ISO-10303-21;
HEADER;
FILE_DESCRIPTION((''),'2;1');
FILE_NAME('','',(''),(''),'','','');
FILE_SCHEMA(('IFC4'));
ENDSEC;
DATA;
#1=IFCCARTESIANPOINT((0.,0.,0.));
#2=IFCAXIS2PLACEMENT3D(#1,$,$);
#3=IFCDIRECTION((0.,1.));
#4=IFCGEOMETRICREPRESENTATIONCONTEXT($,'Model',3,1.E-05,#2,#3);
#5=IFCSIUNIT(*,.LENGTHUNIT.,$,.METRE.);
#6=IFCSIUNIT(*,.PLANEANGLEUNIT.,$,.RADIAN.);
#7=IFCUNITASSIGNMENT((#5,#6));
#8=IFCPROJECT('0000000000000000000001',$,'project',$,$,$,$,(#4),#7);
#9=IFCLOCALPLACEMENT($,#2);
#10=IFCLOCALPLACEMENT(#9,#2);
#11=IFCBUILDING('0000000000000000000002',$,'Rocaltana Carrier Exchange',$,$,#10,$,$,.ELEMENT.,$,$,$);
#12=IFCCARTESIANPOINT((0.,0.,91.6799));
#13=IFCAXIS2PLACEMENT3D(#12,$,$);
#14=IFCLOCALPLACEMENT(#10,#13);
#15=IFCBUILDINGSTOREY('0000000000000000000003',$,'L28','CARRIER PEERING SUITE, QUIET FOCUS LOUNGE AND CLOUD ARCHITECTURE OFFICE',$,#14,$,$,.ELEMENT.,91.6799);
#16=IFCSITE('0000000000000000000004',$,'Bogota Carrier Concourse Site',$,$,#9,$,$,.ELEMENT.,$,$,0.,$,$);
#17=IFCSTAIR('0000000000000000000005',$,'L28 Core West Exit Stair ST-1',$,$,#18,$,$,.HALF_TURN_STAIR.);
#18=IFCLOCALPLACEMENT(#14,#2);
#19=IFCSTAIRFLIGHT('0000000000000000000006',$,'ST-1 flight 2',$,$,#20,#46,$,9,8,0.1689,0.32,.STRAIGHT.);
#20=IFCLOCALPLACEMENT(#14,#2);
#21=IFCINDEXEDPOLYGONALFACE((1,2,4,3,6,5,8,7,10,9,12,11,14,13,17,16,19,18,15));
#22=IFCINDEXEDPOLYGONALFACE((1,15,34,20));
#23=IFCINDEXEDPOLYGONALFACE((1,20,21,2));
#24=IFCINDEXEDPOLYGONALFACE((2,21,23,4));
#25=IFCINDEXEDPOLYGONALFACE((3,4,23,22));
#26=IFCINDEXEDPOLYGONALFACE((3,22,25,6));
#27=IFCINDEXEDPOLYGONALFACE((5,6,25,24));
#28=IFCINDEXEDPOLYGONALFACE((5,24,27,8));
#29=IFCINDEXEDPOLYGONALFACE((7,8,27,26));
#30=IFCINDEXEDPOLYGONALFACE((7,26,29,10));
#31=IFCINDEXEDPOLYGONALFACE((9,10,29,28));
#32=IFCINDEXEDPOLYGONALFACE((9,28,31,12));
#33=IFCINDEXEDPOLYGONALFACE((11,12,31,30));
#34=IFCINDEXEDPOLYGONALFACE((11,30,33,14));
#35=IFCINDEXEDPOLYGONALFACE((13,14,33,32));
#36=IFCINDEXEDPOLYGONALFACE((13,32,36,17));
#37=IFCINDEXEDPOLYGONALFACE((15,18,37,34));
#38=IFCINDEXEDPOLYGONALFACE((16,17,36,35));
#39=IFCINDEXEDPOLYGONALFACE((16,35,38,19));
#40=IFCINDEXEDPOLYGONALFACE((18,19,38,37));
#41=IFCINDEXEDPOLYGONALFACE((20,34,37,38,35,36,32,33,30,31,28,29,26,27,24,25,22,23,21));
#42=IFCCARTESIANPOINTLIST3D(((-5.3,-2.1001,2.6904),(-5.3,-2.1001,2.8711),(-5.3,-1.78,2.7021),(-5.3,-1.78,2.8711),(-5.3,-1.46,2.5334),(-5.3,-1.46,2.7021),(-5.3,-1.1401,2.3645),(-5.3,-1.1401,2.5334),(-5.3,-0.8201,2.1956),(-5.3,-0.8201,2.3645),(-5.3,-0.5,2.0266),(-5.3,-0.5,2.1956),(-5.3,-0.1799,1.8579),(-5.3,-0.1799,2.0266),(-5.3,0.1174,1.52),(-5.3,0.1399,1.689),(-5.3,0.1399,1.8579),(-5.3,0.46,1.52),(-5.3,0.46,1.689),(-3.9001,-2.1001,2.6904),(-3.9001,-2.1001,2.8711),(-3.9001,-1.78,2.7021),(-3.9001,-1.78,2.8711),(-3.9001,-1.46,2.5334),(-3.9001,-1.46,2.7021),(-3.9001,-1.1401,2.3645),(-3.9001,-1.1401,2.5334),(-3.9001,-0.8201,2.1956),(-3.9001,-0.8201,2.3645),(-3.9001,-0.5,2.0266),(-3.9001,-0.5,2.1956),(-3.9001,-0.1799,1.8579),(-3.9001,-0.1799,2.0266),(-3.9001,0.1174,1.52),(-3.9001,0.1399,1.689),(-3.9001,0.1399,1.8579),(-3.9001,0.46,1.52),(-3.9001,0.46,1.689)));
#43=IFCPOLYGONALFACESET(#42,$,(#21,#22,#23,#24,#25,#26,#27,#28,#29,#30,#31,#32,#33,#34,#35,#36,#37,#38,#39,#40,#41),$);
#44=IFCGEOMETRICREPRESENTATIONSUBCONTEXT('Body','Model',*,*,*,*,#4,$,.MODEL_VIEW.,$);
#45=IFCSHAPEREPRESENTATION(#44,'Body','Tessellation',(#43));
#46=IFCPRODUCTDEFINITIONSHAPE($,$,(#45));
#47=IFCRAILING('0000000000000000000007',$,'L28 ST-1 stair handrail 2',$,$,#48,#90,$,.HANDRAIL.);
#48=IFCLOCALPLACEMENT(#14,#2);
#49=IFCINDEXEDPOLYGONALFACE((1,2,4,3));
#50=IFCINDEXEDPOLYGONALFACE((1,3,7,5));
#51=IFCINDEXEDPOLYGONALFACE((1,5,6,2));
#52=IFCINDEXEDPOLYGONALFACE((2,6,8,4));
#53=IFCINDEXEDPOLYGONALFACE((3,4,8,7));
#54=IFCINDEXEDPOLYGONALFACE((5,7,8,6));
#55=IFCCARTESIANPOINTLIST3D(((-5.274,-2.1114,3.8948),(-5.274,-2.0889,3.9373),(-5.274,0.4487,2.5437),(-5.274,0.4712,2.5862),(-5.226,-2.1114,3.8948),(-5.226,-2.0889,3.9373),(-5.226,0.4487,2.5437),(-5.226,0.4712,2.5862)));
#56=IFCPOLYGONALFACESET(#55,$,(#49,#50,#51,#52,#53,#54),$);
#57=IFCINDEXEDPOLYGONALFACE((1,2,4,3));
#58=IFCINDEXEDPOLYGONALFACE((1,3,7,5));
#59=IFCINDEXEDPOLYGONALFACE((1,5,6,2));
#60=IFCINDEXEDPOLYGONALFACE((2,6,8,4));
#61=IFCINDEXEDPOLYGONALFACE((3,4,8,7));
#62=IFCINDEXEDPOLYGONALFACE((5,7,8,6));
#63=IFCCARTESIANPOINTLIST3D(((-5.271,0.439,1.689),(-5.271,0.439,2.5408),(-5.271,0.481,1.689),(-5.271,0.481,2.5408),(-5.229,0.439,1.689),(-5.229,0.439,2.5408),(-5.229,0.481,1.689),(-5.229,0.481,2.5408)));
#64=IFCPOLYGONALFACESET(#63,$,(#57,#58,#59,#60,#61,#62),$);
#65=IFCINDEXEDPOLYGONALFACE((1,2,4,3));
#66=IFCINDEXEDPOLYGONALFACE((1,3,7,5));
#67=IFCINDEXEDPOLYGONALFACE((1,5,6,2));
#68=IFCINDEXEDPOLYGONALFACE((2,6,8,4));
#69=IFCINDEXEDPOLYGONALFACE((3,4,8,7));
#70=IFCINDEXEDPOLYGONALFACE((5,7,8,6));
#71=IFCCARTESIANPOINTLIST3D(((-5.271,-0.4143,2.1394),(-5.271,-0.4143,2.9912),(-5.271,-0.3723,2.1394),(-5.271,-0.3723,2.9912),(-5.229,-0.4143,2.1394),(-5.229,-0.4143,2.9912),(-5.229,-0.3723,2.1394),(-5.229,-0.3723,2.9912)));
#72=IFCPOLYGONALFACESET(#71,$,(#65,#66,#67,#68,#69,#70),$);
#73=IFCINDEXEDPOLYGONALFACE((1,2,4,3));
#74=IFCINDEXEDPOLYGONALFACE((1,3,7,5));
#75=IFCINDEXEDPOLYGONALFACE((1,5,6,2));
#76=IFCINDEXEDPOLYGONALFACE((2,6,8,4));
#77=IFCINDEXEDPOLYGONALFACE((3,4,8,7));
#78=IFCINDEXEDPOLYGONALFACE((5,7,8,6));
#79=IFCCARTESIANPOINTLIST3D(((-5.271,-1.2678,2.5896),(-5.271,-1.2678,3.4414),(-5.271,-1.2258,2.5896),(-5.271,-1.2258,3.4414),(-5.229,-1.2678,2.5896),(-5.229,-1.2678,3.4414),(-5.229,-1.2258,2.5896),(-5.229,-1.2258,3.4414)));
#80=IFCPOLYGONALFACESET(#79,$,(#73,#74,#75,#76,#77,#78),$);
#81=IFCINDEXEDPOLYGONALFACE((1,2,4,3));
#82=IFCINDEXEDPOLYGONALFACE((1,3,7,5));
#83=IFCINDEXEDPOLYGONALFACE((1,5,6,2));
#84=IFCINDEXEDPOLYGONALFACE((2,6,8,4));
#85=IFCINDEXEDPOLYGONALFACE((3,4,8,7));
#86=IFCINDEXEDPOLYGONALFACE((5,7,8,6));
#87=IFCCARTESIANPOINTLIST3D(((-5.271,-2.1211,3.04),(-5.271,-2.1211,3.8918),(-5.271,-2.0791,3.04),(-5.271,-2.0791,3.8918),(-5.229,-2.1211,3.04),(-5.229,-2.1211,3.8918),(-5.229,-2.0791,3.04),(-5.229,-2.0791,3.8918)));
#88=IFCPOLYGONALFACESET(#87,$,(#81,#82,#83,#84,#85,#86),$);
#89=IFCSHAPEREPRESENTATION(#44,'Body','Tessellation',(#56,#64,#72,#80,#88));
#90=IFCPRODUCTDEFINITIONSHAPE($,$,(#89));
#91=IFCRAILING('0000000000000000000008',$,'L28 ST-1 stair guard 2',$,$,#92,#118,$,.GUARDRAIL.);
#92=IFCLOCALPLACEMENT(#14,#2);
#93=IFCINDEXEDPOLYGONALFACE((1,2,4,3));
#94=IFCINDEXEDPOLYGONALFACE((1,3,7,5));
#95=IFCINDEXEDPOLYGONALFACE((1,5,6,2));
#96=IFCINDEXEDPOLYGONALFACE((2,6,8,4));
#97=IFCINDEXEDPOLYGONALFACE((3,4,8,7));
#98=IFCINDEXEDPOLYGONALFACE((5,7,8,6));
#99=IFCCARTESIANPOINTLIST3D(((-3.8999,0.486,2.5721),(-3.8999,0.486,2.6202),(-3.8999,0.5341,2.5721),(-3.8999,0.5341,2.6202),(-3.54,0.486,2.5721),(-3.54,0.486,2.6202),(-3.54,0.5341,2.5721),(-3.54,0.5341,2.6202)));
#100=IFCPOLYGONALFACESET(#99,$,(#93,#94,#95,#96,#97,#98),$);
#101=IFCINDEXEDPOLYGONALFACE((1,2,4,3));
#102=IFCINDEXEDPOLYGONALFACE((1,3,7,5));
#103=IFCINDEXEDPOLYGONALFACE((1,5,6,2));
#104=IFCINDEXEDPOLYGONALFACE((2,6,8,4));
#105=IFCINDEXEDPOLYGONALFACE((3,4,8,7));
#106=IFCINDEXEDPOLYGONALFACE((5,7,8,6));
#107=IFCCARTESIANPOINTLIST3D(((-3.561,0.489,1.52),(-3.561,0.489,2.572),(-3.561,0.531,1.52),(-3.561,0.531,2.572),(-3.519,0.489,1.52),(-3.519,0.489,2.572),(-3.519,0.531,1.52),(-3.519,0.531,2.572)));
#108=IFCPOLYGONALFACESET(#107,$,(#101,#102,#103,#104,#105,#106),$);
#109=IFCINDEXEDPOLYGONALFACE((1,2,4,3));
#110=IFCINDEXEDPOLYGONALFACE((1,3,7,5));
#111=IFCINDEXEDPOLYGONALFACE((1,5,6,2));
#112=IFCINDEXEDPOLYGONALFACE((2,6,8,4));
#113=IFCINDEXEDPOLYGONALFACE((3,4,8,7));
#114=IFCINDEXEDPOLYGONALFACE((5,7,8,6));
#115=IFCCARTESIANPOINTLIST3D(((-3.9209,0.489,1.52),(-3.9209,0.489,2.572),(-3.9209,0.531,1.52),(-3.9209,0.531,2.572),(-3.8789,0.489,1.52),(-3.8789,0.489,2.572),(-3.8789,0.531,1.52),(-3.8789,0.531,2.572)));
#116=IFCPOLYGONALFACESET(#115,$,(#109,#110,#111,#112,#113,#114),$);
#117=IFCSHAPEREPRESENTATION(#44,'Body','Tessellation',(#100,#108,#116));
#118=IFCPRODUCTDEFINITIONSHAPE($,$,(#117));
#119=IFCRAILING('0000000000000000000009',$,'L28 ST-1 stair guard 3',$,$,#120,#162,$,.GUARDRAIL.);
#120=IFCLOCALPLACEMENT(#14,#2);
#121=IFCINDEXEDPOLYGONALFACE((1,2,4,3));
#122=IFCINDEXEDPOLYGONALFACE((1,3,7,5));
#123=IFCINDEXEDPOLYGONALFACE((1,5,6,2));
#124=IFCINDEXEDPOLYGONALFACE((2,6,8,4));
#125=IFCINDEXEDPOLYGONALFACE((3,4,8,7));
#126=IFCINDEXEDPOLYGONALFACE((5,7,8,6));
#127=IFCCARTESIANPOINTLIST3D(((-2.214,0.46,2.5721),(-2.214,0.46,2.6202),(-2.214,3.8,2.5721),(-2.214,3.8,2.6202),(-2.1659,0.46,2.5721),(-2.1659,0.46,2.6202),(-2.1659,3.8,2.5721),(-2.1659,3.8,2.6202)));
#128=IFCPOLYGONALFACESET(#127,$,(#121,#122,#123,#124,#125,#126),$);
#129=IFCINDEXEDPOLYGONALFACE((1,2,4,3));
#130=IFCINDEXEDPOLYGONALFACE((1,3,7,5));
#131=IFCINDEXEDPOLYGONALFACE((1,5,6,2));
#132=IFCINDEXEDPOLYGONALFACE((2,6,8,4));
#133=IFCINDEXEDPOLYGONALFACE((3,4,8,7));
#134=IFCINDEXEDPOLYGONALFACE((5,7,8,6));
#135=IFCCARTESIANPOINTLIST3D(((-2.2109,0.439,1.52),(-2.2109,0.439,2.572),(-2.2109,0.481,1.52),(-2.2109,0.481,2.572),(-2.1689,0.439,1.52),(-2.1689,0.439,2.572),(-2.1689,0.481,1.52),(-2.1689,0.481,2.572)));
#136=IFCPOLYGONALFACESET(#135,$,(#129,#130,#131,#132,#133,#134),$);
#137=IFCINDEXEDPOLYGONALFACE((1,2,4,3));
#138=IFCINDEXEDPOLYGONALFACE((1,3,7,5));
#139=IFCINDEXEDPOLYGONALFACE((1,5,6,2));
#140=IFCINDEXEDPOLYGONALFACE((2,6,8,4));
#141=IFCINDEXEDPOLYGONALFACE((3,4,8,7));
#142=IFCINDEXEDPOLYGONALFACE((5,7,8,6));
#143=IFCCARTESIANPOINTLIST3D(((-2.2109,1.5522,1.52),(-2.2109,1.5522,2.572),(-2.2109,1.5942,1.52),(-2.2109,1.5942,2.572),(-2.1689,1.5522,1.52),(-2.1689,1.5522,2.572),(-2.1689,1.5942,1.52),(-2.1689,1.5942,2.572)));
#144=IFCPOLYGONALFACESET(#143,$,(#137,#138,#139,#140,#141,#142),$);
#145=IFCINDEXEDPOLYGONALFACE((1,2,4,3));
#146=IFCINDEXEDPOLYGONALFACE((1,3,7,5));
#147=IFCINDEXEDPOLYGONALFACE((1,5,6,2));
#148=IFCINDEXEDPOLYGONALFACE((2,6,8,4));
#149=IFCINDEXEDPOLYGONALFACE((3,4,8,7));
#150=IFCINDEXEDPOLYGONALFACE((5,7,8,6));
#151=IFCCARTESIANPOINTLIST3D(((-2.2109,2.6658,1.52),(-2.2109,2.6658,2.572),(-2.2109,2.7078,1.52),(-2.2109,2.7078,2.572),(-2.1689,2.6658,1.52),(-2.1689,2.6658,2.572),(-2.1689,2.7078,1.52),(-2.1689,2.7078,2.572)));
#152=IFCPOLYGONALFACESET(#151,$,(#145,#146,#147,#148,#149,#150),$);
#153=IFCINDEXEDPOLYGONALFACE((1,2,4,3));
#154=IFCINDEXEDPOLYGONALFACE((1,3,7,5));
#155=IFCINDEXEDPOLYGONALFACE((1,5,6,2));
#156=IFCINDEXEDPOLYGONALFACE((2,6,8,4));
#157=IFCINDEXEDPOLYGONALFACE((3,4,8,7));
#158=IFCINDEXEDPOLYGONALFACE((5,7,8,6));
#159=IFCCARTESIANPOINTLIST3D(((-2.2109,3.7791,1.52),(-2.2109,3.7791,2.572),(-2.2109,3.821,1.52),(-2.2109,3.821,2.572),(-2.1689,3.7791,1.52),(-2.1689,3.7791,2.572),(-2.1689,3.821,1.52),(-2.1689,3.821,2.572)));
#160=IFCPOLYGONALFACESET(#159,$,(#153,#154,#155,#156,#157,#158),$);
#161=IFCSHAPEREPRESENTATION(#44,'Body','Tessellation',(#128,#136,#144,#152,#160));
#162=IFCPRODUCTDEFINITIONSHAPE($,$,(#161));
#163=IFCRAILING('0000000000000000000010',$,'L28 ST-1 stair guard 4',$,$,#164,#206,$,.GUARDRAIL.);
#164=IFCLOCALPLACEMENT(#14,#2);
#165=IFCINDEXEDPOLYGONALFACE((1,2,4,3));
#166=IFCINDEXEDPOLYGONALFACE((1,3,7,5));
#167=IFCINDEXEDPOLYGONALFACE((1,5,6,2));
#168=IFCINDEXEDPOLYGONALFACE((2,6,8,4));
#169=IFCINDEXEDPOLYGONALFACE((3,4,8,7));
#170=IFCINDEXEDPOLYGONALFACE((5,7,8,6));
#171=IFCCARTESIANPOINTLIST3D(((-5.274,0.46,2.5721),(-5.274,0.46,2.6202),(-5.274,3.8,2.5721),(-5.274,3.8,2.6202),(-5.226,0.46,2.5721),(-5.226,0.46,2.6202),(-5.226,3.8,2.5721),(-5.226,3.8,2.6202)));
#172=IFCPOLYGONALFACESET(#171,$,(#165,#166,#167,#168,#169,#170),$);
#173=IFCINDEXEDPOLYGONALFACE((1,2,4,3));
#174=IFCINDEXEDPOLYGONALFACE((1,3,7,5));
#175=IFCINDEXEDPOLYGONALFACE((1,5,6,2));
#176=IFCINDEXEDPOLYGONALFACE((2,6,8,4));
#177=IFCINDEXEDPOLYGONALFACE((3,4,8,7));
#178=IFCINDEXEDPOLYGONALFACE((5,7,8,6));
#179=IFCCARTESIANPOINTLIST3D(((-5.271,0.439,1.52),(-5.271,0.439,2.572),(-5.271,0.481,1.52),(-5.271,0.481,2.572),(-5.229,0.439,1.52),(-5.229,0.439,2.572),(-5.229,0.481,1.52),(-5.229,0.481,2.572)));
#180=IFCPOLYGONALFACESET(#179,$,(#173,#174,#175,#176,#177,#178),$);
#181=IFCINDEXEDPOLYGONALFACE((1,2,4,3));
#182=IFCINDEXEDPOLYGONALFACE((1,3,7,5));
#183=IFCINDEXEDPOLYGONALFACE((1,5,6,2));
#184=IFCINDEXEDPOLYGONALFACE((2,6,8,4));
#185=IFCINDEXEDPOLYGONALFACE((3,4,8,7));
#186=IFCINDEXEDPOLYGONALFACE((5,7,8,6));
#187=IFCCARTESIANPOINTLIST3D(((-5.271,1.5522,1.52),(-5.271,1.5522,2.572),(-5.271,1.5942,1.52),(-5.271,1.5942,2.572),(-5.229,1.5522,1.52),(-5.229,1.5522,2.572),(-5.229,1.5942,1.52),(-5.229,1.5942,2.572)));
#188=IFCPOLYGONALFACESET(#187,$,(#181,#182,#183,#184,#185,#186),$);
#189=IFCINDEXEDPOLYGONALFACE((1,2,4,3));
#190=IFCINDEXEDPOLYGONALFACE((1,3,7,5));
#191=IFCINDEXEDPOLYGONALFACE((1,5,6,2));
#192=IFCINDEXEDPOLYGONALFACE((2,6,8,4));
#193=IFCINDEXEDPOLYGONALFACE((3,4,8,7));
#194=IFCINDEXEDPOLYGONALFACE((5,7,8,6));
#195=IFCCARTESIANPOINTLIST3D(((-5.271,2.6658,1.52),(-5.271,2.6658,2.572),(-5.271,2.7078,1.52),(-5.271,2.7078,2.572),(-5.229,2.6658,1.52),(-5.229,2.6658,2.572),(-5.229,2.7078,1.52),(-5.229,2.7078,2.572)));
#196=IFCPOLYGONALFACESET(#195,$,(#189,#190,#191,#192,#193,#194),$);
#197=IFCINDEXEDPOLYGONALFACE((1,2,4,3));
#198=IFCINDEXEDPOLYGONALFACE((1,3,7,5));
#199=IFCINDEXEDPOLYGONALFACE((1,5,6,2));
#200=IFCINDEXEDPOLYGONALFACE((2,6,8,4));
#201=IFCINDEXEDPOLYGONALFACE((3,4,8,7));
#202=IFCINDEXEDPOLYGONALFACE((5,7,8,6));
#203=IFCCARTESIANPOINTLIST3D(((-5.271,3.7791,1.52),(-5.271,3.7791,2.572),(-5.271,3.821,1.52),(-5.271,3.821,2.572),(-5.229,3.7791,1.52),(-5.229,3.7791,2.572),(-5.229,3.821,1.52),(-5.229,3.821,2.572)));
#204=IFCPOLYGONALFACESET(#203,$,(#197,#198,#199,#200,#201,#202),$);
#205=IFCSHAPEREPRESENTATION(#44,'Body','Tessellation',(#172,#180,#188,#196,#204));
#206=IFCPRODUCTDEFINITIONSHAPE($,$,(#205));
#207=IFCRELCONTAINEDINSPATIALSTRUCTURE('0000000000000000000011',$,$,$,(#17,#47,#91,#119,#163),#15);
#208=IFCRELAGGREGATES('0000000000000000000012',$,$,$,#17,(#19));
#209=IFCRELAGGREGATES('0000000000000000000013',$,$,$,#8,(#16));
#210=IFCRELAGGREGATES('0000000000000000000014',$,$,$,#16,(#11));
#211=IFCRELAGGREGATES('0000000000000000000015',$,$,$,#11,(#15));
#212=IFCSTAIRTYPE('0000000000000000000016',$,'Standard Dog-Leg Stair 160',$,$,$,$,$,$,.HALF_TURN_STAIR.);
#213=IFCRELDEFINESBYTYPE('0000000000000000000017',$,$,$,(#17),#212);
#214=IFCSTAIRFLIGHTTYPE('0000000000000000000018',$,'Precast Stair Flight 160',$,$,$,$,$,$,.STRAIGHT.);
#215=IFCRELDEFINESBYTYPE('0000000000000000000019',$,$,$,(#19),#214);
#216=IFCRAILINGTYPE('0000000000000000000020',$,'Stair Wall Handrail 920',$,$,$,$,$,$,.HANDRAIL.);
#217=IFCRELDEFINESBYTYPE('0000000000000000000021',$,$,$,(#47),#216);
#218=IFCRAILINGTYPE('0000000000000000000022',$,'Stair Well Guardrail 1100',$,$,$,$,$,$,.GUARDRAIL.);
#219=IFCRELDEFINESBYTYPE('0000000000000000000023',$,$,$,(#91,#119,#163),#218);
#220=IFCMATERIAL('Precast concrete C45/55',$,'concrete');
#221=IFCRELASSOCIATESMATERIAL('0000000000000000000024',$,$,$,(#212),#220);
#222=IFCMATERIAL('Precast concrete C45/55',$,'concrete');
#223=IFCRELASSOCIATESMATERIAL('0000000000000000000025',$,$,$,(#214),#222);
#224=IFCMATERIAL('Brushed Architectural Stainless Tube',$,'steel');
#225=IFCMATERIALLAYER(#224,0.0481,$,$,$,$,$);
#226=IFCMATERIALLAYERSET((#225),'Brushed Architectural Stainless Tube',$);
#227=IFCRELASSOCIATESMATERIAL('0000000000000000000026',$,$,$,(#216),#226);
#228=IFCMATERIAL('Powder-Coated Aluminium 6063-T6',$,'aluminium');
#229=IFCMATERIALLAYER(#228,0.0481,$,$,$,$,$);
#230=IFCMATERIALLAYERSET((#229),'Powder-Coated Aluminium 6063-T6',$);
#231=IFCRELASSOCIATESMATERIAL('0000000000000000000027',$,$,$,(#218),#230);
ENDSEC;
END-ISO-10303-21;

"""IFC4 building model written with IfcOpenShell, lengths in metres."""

from ifc_helpers import new_model, si_unit, direction, frame, origin, origin_2d, place, context, subcontext, project, spatial, polyline, rectangle, outline, extrude, material, layer, layer_set, type_object, element, aggregate, save


model = new_model("IFC4")

# Units and contexts
model_context = context("Model", 3, precision=1e-05, world=origin(), true_north=direction((0.0, 1.0)))
body_context = subcontext(model_context, "Body", "Model", "MODEL_VIEW")
ifc_project = project(units=[si_unit("LENGTHUNIT", "METRE"), si_unit("PLANEANGLEUNIT", "RADIAN")], contexts=[model_context])

# Site, building, storey
site_placement = place(None, origin())
site = spatial("IfcSite", under=ifc_project, at=site_placement, Name="Bogota Carrier Concourse Site", CompositionType="ELEMENT", RefElevation=0.0)
building_placement = place(site_placement, origin())
building = spatial("IfcBuilding", under=site, at=building_placement, Name="Rocaltana Carrier Exchange", CompositionType="ELEMENT")
storey_placement = place(building_placement, frame((0.0, 0.0, 91.6799)))
storey = spatial("IfcBuildingStorey", under=building, at=storey_placement, Name="L28", Description="CARRIER PEERING SUITE, QUIET FOCUS LOUNGE AND CLOUD ARCHITECTURE OFFICE", CompositionType="ELEMENT", Elevation=91.6799)

# Stair, stair flight
ifc_material_1 = material(Name="Precast concrete C45/55", Category="concrete")
stair_type = type_object("IfcStairType", Name="Standard Dog-Leg Stair 160", PredefinedType="HALF_TURN_STAIR", material=ifc_material_1)
stair_placement = place(storey_placement, origin())
stair = element("IfcStair", 1, at=stair_placement, inside=storey, type_object=stair_type, Name="L28 Core West Exit Stair ST-1", PredefinedType="HALF_TURN_STAIR")
ifc_material_2 = material(Name="Precast concrete C45/55", Category="concrete")
stair_flight_type = type_object("IfcStairFlightType", Name="Precast Stair Flight 160", PredefinedType="STRAIGHT", material=ifc_material_2)
stair_flight_placement = place(storey_placement, frame((-4.6001, 0.46, 1.52), z_axis=(0.0, 0.0, 1.0), x_axis=(0.0, -1.0, 0.0)))
stair_flight = element("IfcStairFlight", 2, at=stair_flight_placement, type_object=stair_flight_type, Name="ST-1 flight 2", NumberOfRisers=9, NumberOfTreads=8, PredefinedType="STRAIGHT", RiserHeight=0.1689, TreadLength=0.32, context=body_context, shape_type="SweptSolid", body=[
    extrude(outline(polyline([(0.0, 0.0), (0.0, 0.1689), (0.3201, 0.1689), (0.3201, 0.3379), (0.6399, 0.3379), (0.6399, 0.5066), (0.96, 0.5066), (0.96, 0.6755), (1.28, 0.6755), (1.28, 0.8445), (1.6001, 0.8445), (1.6001, 1.0134), (1.9199, 1.0134), (1.9199, 1.1821), (2.24, 1.1821), (2.24, 1.3511), (2.5601, 1.3511), (2.5601, 1.52), (2.5601, 1.1704), (0.3425, 0.0), (0.0, 0.0)])), frame((0.0, 0.7, 0.0), z_axis=(0.0, -1.0, 0.0), x_axis=(1.0, 0.0, 0.0)), (0.0, 0.0, 1.0), 1.3999),
])
aggregate(stair, [stair_flight])

# Railings
ifc_material_3 = material(Name="Brushed Architectural Stainless Tube", Category="steel")
ifc_layer_1 = layer(ifc_material_3, 0.0481)
ifc_layer_set_1 = layer_set([ifc_layer_1], Name="Brushed Architectural Stainless Tube")
railing_type_1 = type_object("IfcRailingType", Name="Stair Wall Handrail 920", PredefinedType="HANDRAIL", material=ifc_layer_set_1)
railing_1_placement = place(storey_placement, frame((-5.25, 0.46, 1.689)))
element("IfcRailing", 3, at=railing_1_placement, inside=storey, type_object=railing_type_1, Name="L28 ST-1 stair handrail 2", PredefinedType="HANDRAIL", context=body_context, shape_type="SweptSolid", body=[
    extrude(rectangle(XDim=0.0481, YDim=0.0481, at=origin_2d()), frame((0.0, 0.0, 0.876), z_axis=(0.0, -0.884394, 0.46674), x_axis=(1.0, 0.0, 0.0)), (0.0, 0.0, 1.0), 2.8948),
    extrude(rectangle(XDim=0.042, YDim=0.042, at=origin_2d()), origin(), (0.0, 0.0, 1.0), 0.8518),
    extrude(rectangle(XDim=0.042, YDim=0.042, at=origin_2d()), frame((0.0, -0.8533, 0.4504)), (0.0, 0.0, 1.0), 0.8518),
    extrude(rectangle(XDim=0.042, YDim=0.042, at=origin_2d()), frame((0.0, -1.7068, 0.9006)), (0.0, 0.0, 1.0), 0.8518),
    extrude(rectangle(XDim=0.042, YDim=0.042, at=origin_2d()), frame((0.0, -2.5601, 1.3511)), (0.0, 0.0, 1.0), 0.8518),
])
ifc_material_4 = material(Name="Powder-Coated Aluminium 6063-T6", Category="aluminium")
ifc_layer_2 = layer(ifc_material_4, 0.0481)
ifc_layer_set_2 = layer_set([ifc_layer_2], Name="Powder-Coated Aluminium 6063-T6")
railing_type_2 = type_object("IfcRailingType", Name="Stair Well Guardrail 1100", PredefinedType="GUARDRAIL", material=ifc_layer_set_2)
railing_2_placement = place(storey_placement, frame((-3.54, 0.51, 1.52)))
element("IfcRailing", 4, at=railing_2_placement, inside=storey, type_object=railing_type_2, Name="L28 ST-1 stair guard 2", PredefinedType="GUARDRAIL", context=body_context, shape_type="SweptSolid", body=[
    extrude(rectangle(XDim=0.0481, YDim=0.0481, at=origin_2d()), frame((0.0, 0.0, 1.0762), z_axis=(-1.0, 0.0, 0.0), x_axis=(0.0, -1.0, 0.0)), (0.0, 0.0, 1.0), 0.3599),
    extrude(rectangle(XDim=0.042, YDim=0.042, at=origin_2d()), origin(), (0.0, 0.0, 1.0), 1.052),
    extrude(rectangle(XDim=0.042, YDim=0.042, at=origin_2d()), frame((-0.3599, 0.0, 0.0)), (0.0, 0.0, 1.0), 1.052),
])
for number, where, name in (
    (5, (-2.1899, 0.46, 1.52), "L28 ST-1 stair guard 3"),
    (6, (-5.25, 0.46, 1.52), "L28 ST-1 stair guard 4"),
):
    element("IfcRailing", number, at=place(storey_placement, frame(where)), inside=storey, type_object=railing_type_2, Name=name, PredefinedType="GUARDRAIL", context=body_context, shape_type="SweptSolid", body=[
        extrude(rectangle(XDim=0.0481, YDim=0.0481, at=origin_2d()), frame((0.0, 0.0, 1.0762), z_axis=(0.0, 1.0, 0.0), x_axis=(-1.0, 0.0, 0.0)), (0.0, 0.0, 1.0), 3.3401),
        extrude(rectangle(XDim=0.042, YDim=0.042, at=origin_2d()), origin(), (0.0, 0.0, 1.0), 1.052),
        extrude(rectangle(XDim=0.042, YDim=0.042, at=origin_2d()), frame((0.0, 1.1133, 0.0)), (0.0, 0.0, 1.0), 1.052),
        extrude(rectangle(XDim=0.042, YDim=0.042, at=origin_2d()), frame((0.0, 2.2268, 0.0)), (0.0, 0.0, 1.0), 1.052),
        extrude(rectangle(XDim=0.042, YDim=0.042, at=origin_2d()), frame((0.0, 3.3401, 0.0)), (0.0, 0.0, 1.0), 1.052),
    ])

save(model, "model.ifc")
